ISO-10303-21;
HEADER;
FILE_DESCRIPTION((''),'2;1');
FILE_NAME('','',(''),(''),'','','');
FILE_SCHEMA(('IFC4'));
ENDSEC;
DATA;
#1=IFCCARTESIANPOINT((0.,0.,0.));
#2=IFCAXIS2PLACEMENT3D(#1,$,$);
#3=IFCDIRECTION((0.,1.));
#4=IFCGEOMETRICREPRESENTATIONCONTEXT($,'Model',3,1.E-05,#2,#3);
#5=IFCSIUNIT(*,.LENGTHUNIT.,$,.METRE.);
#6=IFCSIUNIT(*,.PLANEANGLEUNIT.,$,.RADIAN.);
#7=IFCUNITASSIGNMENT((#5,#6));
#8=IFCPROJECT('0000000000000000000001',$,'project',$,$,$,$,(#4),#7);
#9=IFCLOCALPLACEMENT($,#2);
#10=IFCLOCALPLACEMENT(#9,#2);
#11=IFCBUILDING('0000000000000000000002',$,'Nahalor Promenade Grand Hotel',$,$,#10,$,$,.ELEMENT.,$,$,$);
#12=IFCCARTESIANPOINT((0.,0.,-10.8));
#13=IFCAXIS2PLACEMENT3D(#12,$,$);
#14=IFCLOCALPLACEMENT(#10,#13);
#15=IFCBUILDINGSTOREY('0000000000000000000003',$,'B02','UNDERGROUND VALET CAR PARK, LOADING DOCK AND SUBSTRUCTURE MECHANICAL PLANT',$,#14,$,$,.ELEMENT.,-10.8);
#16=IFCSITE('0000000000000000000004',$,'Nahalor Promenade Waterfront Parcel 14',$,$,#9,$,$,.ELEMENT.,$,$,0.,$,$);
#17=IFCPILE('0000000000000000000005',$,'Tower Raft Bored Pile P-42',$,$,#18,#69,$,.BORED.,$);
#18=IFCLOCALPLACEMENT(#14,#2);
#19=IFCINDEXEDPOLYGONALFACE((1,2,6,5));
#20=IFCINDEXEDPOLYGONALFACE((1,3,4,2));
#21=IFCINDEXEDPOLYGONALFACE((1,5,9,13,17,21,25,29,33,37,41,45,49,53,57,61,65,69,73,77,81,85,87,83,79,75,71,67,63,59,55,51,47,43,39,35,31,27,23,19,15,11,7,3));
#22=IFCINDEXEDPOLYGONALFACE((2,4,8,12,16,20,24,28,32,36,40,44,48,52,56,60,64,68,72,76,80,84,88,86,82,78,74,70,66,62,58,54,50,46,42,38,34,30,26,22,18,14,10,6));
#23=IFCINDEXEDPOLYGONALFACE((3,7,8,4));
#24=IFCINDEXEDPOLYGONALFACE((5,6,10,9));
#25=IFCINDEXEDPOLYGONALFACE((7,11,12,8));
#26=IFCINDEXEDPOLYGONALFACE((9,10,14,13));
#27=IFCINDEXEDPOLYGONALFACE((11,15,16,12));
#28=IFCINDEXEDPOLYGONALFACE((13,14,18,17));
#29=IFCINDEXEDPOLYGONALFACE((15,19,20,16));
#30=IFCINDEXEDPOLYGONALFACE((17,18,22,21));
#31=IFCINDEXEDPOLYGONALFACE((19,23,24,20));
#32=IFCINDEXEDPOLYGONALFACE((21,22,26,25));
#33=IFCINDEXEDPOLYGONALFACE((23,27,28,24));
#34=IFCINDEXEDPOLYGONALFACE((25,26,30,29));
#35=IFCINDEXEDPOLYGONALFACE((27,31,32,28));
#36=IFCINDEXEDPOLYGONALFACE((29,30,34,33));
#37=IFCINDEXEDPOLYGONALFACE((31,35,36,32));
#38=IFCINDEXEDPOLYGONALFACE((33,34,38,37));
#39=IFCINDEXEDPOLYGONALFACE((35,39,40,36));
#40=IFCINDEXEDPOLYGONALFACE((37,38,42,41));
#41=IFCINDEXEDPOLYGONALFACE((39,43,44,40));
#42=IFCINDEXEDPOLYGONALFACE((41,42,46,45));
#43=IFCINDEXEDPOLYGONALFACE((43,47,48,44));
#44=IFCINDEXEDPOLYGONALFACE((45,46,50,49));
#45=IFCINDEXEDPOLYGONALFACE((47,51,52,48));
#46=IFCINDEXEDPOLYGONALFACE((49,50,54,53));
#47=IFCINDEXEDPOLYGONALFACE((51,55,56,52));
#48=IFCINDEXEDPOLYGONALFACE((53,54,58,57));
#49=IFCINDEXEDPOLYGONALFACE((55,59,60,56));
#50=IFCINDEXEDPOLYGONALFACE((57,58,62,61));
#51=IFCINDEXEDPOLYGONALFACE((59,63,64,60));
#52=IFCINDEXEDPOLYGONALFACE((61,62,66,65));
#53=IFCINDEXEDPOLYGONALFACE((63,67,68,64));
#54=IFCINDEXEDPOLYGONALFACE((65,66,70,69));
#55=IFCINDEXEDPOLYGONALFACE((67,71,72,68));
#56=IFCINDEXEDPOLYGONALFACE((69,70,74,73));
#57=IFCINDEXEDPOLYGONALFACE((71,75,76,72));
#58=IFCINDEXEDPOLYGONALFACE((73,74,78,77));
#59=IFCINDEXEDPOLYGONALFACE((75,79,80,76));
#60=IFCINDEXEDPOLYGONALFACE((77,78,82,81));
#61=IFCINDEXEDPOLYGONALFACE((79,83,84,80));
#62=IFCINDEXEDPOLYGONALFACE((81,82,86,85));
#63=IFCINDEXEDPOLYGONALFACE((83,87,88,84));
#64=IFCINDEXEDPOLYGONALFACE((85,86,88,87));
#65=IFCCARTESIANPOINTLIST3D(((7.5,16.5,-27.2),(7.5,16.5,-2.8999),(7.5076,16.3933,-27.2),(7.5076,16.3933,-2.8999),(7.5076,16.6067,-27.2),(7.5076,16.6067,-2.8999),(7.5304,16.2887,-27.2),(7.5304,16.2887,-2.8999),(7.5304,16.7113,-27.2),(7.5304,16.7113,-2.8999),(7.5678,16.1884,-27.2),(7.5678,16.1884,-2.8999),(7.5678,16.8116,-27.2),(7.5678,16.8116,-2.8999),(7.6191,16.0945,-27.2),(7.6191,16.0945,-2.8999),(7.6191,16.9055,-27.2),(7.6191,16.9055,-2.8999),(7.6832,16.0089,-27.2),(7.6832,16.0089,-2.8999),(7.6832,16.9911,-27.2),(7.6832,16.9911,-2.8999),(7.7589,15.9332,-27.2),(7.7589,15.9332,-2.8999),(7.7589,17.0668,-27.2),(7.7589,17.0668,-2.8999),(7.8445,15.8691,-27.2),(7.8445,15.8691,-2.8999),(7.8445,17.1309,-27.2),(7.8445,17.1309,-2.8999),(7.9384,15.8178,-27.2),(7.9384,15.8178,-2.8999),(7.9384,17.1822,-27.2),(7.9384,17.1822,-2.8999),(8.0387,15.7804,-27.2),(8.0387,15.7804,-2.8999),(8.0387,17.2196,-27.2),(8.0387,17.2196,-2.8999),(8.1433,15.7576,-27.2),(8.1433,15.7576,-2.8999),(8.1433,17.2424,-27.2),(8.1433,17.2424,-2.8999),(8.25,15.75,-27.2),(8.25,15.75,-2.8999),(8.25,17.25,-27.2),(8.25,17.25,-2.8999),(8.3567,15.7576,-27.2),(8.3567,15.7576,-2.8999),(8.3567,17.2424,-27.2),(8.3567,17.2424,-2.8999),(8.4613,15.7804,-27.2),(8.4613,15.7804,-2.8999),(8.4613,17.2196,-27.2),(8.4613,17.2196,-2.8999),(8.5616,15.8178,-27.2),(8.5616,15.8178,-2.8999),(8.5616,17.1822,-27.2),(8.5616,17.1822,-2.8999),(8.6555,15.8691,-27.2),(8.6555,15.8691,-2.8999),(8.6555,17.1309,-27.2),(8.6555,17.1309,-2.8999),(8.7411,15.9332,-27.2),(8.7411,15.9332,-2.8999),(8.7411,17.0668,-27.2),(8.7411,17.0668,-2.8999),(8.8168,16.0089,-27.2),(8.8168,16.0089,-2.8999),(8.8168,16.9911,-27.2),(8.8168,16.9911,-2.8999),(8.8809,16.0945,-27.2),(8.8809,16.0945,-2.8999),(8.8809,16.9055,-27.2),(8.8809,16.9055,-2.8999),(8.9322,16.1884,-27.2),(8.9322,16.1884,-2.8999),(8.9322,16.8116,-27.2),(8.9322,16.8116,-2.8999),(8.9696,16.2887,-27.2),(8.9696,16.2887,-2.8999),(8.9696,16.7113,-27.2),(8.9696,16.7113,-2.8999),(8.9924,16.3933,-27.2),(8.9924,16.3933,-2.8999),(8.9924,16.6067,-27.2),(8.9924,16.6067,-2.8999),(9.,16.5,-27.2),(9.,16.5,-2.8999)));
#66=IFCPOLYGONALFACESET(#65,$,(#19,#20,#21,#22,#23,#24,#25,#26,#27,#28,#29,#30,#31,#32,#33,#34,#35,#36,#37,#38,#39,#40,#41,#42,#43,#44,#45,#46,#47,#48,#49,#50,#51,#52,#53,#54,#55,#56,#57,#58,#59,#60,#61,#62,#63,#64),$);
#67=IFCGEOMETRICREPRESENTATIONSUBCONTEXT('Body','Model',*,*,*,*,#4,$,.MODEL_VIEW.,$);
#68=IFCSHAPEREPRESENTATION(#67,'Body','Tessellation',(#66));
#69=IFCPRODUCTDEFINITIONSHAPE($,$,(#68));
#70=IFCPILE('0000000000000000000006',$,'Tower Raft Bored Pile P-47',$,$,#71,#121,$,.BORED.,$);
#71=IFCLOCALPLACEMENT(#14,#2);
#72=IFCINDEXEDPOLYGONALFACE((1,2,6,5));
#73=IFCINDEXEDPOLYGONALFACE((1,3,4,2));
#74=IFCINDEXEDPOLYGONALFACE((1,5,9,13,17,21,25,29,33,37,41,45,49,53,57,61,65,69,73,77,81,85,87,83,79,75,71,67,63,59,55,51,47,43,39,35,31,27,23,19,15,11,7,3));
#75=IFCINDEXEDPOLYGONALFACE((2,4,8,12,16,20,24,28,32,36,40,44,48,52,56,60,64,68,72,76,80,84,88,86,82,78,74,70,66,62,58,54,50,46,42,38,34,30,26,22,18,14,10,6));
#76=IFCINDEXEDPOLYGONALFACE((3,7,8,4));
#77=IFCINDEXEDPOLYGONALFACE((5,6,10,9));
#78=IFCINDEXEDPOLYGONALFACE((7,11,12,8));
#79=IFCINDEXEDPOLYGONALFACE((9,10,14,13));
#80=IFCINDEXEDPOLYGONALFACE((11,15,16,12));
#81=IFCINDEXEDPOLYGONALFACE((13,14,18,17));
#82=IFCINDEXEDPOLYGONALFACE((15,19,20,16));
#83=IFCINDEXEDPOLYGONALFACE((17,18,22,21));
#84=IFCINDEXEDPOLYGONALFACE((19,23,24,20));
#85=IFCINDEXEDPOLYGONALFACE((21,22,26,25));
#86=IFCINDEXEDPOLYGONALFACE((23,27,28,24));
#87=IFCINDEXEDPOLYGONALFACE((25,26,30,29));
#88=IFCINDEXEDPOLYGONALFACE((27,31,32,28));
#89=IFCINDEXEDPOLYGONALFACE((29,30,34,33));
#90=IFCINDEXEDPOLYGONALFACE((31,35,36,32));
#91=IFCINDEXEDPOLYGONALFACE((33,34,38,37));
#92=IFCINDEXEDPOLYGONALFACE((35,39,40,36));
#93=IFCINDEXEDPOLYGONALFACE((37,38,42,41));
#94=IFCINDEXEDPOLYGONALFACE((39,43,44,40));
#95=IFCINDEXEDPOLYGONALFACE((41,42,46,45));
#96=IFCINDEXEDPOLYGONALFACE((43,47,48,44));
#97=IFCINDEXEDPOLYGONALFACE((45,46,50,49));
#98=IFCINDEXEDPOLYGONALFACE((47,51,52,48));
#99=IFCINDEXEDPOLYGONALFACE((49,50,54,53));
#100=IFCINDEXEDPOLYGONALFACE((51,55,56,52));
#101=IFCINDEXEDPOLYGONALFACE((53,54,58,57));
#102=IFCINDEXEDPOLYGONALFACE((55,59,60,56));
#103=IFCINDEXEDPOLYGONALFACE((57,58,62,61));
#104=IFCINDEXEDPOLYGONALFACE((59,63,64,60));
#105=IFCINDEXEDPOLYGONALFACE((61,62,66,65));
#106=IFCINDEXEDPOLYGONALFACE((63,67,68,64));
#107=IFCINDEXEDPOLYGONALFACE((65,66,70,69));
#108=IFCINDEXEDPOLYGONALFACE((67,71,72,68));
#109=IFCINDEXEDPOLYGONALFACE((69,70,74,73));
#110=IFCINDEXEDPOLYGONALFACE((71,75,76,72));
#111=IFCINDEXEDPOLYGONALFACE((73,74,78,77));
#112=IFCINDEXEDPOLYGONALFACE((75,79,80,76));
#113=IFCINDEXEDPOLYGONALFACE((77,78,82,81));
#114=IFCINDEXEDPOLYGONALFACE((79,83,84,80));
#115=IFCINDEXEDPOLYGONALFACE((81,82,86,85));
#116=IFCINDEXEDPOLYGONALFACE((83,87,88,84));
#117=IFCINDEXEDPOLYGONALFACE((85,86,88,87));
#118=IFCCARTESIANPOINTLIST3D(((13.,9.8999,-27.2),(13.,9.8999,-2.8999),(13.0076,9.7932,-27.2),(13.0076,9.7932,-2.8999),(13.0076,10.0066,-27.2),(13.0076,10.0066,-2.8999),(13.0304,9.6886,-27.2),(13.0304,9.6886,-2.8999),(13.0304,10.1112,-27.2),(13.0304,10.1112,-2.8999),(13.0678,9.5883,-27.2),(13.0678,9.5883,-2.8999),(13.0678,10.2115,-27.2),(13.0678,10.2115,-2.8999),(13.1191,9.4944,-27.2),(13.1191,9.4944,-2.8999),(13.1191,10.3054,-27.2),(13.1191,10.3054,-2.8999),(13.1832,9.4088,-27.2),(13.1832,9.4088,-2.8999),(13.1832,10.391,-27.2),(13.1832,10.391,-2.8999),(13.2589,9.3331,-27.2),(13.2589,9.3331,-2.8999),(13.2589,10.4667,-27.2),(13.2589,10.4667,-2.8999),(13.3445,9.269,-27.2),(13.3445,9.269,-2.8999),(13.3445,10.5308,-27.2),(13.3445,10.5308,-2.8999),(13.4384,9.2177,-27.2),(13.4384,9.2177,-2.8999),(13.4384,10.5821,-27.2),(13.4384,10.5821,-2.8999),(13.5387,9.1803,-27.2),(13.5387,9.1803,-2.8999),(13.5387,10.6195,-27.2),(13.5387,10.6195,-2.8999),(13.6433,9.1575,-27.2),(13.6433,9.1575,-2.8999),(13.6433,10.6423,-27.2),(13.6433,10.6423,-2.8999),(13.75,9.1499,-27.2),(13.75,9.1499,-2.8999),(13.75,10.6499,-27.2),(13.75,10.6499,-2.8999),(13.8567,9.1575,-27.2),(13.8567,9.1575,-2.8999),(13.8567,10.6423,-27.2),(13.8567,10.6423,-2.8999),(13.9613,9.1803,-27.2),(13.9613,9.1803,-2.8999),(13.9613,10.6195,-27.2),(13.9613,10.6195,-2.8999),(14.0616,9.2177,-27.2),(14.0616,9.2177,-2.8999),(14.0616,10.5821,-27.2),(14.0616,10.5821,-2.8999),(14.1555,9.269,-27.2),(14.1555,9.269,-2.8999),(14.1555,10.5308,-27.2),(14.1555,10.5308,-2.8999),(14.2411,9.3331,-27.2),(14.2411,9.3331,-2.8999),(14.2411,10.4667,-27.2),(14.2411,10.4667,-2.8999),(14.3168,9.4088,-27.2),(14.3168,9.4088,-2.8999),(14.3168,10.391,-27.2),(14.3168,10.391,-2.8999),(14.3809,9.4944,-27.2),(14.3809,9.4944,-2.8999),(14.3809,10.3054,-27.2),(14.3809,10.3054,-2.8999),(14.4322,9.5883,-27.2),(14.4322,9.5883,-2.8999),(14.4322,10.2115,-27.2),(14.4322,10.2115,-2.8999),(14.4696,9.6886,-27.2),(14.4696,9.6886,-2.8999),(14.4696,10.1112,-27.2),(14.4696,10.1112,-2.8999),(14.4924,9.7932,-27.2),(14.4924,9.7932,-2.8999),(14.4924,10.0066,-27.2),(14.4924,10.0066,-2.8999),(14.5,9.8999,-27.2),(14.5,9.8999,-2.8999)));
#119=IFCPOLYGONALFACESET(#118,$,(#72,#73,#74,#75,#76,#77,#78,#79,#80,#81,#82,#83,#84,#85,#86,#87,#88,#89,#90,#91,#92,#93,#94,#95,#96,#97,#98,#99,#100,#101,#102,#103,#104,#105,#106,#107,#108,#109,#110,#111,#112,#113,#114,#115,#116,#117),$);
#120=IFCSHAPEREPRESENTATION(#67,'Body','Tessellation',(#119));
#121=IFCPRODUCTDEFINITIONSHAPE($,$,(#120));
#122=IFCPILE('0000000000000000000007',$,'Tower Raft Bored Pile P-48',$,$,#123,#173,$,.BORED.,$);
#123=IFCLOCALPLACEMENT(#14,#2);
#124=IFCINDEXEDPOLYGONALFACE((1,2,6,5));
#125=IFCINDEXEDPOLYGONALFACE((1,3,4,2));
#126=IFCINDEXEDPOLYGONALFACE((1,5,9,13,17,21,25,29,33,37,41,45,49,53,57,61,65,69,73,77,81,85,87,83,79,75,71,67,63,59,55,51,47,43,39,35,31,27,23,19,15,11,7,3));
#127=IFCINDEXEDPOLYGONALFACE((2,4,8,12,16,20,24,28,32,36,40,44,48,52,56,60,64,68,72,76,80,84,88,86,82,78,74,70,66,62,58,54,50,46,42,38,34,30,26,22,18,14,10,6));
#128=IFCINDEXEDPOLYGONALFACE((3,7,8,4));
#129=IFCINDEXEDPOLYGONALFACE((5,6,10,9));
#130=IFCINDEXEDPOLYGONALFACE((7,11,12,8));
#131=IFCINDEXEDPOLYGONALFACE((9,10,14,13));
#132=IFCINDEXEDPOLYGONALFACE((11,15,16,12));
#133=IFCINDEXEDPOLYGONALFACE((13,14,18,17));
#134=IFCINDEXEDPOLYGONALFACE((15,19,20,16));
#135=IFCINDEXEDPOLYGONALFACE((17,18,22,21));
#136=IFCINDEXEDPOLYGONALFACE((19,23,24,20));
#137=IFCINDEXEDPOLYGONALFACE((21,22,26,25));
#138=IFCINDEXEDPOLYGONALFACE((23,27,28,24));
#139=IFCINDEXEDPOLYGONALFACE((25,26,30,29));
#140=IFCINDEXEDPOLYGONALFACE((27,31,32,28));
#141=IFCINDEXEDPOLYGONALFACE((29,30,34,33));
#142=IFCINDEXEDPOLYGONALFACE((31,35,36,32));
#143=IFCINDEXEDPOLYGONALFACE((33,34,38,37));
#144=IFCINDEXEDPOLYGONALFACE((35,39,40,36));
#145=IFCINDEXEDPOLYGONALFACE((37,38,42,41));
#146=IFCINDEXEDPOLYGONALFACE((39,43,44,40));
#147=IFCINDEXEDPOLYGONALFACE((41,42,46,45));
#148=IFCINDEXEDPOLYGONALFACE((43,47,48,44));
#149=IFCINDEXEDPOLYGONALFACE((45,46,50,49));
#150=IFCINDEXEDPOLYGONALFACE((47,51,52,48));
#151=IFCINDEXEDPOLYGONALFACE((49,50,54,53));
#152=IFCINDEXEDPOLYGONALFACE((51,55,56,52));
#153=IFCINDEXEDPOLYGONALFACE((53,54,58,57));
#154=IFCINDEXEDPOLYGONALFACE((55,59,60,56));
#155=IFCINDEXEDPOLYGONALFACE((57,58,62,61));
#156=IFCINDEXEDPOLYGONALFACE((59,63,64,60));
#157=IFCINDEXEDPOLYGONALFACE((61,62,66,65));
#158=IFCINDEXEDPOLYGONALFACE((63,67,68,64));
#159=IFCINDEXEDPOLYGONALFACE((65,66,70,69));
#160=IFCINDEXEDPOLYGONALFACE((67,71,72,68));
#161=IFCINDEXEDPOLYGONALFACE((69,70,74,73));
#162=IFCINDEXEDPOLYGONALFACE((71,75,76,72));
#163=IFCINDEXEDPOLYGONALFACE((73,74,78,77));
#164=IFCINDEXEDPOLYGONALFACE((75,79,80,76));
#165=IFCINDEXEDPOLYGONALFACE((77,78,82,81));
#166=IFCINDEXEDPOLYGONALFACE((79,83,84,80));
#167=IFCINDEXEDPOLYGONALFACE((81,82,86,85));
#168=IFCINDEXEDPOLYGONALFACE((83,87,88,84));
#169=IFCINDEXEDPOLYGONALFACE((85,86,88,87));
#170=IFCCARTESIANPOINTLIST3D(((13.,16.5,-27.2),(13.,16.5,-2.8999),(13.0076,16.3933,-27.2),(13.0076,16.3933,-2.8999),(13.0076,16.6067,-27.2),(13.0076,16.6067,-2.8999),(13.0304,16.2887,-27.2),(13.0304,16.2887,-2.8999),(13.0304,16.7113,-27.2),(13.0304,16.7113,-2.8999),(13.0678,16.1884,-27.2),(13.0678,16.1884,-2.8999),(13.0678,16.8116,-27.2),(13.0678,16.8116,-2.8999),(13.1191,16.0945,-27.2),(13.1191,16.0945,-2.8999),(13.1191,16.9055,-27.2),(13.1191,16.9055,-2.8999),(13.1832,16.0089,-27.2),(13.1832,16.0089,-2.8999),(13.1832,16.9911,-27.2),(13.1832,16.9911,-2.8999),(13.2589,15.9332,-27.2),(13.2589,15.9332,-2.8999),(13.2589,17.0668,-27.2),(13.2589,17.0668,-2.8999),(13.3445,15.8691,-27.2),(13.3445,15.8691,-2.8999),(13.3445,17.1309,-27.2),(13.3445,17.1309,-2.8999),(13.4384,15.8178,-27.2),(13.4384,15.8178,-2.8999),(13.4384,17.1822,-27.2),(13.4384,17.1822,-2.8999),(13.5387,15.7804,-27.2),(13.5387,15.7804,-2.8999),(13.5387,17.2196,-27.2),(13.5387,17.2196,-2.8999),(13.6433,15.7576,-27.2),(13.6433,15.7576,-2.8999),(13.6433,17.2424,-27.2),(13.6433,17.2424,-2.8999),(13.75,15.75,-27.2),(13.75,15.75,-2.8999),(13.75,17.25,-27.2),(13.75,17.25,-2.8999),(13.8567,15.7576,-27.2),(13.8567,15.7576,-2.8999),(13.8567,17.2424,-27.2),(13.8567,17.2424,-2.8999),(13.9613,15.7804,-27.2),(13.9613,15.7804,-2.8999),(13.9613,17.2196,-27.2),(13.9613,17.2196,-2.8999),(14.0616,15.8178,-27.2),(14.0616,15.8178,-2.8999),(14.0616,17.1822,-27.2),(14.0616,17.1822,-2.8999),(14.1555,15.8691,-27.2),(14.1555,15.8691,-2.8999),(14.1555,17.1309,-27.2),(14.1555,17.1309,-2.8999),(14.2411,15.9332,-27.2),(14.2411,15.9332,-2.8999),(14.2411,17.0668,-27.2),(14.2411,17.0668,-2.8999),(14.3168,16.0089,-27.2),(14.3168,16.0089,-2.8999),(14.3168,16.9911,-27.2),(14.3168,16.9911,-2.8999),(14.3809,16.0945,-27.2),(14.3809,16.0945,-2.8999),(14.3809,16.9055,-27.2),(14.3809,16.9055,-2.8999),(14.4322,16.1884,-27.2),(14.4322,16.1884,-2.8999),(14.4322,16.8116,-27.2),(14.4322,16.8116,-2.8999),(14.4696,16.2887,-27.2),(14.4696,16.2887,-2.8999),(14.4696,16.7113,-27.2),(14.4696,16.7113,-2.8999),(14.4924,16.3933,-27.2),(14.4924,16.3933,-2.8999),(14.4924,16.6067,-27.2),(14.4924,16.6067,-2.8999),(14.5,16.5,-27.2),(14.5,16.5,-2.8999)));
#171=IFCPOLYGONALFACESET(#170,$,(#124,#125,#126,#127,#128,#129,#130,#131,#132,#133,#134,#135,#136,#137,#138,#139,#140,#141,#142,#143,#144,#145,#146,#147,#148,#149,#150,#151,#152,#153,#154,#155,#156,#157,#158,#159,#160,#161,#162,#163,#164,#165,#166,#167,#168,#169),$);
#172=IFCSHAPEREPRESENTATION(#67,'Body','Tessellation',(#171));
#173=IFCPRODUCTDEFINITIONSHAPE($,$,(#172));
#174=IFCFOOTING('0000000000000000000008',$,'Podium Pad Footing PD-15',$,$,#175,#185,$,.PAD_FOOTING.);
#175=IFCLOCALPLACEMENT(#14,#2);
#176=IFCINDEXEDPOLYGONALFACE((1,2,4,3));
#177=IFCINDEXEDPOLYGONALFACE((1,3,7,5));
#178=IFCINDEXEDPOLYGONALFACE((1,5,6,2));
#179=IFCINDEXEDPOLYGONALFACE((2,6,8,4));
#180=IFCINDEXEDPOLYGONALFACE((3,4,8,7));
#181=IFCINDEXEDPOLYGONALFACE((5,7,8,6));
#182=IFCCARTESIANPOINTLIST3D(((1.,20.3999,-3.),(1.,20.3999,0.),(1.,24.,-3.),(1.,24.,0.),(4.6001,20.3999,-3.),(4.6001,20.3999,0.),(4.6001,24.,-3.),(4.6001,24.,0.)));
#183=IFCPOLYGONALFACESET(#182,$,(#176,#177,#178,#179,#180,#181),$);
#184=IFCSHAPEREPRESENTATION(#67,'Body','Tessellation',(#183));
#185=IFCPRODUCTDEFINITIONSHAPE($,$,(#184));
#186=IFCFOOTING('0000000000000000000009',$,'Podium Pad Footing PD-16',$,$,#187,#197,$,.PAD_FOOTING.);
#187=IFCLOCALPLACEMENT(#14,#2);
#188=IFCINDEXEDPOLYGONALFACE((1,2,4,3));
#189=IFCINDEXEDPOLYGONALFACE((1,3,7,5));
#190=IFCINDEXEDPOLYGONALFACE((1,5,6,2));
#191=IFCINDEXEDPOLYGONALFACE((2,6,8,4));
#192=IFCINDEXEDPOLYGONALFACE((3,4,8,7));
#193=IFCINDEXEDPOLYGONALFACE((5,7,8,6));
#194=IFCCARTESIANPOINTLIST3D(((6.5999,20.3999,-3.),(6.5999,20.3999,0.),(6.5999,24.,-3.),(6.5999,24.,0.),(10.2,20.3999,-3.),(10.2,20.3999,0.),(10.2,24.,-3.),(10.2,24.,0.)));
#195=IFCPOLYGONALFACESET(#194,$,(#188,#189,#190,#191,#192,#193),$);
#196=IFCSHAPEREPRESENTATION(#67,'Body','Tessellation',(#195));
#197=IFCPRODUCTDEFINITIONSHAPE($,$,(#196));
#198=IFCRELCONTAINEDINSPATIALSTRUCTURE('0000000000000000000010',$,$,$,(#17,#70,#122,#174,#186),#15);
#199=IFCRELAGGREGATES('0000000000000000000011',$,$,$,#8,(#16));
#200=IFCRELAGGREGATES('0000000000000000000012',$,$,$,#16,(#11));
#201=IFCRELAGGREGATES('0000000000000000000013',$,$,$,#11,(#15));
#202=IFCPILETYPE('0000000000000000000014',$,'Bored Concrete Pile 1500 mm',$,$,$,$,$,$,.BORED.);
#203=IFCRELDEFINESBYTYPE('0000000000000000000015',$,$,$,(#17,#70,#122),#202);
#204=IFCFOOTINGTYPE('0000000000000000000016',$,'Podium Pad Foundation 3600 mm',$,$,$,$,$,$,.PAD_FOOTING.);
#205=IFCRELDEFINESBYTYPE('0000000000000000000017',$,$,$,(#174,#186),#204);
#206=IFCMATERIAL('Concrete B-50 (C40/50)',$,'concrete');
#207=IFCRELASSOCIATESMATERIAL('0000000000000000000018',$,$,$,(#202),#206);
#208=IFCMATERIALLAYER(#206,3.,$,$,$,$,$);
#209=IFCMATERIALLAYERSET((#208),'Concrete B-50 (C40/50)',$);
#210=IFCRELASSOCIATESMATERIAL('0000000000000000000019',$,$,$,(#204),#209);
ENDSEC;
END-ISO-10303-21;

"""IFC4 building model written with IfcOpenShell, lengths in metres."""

from ifc_helpers import new_model, si_unit, direction, frame, origin, origin_2d, place, context, subcontext, project, spatial, rectangle, circle, extrude, source, transform, mapped, material, layer, layer_set, material_profile, profile_set, type_object, element, save


model = new_model("IFC4")

# Units and contexts
model_context = context("Model", 3, precision=1e-05, world=origin(), true_north=direction((0.0, 1.0)))
body_context = subcontext(model_context, "Body", "Model", "MODEL_VIEW")
ifc_project = project(units=[si_unit("LENGTHUNIT", "METRE"), si_unit("PLANEANGLEUNIT", "RADIAN")], contexts=[model_context])

# Site, building, storey
site_placement = place(None, origin())
site = spatial("IfcSite", under=ifc_project, at=site_placement, Name="Nahalor Promenade Waterfront Parcel 14", CompositionType="ELEMENT", RefElevation=0.0)
building_placement = place(site_placement, origin())
building = spatial("IfcBuilding", under=site, at=building_placement, Name="Nahalor Promenade Grand Hotel", CompositionType="ELEMENT")
storey_placement = place(building_placement, frame((0.0, 0.0, -10.8)))
storey = spatial("IfcBuildingStorey", under=building, at=storey_placement, Name="B02", Description="UNDERGROUND VALET CAR PARK, LOADING DOCK AND SUBSTRUCTURE MECHANICAL PLANT", CompositionType="ELEMENT", Elevation=-10.8)

# Piles
ifc_material_1 = material(Name="Concrete B-50 (C40/50)", Category="concrete")
ifc_material_profile_1 = material_profile(ifc_material_1, circle(Radius=0.75, at=origin_2d()), Name="PILE D1500")
ifc_profile_set_1 = profile_set([ifc_material_profile_1], Name="Concrete B-50 (C40/50)")
pile_type = type_object("IfcPileType", Name="Bored Concrete Pile 1500 mm", PredefinedType="BORED", material=ifc_profile_set_1)
shared_shape_1 = source(origin(), body_context, "Body", "SweptSolid", [
    extrude(circle(Radius=0.75, at=origin_2d()), origin(), (0.0, 0.0, 1.0), 24.3),
])
for number, where, z_axis, x_axis, name in (
    (1, (8.25, 16.5, -2.8999), (0.0, 0.0, -1.0), (1.0, 0.0, 0.0), "Tower Raft Bored Pile P-42"),
    (2, (13.75, 9.8999, -2.8999), (0.0, 0.0, -1.0), (1.0, 0.0, 0.0), "Tower Raft Bored Pile P-47"),
    (3, (13.75, 16.5, -2.8999), (0.0, 0.0, -1.0), (1.0, 0.0, 0.0), "Tower Raft Bored Pile P-48"),
):
    element("IfcPile", number, at=place(storey_placement, frame(where, z_axis=z_axis, x_axis=x_axis)), inside=storey, type_object=pile_type, Name=name, PredefinedType="BORED", context=body_context, shape_type="MappedRepresentation", body=[
        mapped(shared_shape_1, transform((0.0, 0.0, 0.0), scale=1.0)),
    ])

# Footings
ifc_layer_1 = layer(ifc_material_1, 3.0)
ifc_layer_set_1 = layer_set([ifc_layer_1], Name="Concrete B-50 (C40/50)")
footing_type_1 = type_object("IfcFootingType", Name="Podium Pad Foundation 3600 mm", PredefinedType="PAD_FOOTING", material=ifc_layer_set_1)
shared_shape_2 = source(origin(), body_context, "Body", "SweptSolid", [
    extrude(rectangle(XDim=3.6001, YDim=3.6001, at=origin_2d()), origin(), (0.0, 0.0, 1.0), 3.0),
])
for number, where, z_axis, x_axis, name in (
    (4, (2.8, 22.2, -3.0), (0.0, 0.0, 1.0), (1.0, 0.0, 0.0), "Podium Pad Footing PD-15"),
    (5, (8.3999, 22.2, -3.0), (0.0, 0.0, 1.0), (1.0, 0.0, 0.0), "Podium Pad Footing PD-16"),
):
    element("IfcFooting", number, at=place(storey_placement, frame(where, z_axis=z_axis, x_axis=x_axis)), inside=storey, type_object=footing_type_1, Name=name, PredefinedType="PAD_FOOTING", context=body_context, shape_type="MappedRepresentation", body=[
        mapped(shared_shape_2, transform((0.0, 0.0, 0.0), scale=1.0)),
    ])

save(model, "model.ifc")
